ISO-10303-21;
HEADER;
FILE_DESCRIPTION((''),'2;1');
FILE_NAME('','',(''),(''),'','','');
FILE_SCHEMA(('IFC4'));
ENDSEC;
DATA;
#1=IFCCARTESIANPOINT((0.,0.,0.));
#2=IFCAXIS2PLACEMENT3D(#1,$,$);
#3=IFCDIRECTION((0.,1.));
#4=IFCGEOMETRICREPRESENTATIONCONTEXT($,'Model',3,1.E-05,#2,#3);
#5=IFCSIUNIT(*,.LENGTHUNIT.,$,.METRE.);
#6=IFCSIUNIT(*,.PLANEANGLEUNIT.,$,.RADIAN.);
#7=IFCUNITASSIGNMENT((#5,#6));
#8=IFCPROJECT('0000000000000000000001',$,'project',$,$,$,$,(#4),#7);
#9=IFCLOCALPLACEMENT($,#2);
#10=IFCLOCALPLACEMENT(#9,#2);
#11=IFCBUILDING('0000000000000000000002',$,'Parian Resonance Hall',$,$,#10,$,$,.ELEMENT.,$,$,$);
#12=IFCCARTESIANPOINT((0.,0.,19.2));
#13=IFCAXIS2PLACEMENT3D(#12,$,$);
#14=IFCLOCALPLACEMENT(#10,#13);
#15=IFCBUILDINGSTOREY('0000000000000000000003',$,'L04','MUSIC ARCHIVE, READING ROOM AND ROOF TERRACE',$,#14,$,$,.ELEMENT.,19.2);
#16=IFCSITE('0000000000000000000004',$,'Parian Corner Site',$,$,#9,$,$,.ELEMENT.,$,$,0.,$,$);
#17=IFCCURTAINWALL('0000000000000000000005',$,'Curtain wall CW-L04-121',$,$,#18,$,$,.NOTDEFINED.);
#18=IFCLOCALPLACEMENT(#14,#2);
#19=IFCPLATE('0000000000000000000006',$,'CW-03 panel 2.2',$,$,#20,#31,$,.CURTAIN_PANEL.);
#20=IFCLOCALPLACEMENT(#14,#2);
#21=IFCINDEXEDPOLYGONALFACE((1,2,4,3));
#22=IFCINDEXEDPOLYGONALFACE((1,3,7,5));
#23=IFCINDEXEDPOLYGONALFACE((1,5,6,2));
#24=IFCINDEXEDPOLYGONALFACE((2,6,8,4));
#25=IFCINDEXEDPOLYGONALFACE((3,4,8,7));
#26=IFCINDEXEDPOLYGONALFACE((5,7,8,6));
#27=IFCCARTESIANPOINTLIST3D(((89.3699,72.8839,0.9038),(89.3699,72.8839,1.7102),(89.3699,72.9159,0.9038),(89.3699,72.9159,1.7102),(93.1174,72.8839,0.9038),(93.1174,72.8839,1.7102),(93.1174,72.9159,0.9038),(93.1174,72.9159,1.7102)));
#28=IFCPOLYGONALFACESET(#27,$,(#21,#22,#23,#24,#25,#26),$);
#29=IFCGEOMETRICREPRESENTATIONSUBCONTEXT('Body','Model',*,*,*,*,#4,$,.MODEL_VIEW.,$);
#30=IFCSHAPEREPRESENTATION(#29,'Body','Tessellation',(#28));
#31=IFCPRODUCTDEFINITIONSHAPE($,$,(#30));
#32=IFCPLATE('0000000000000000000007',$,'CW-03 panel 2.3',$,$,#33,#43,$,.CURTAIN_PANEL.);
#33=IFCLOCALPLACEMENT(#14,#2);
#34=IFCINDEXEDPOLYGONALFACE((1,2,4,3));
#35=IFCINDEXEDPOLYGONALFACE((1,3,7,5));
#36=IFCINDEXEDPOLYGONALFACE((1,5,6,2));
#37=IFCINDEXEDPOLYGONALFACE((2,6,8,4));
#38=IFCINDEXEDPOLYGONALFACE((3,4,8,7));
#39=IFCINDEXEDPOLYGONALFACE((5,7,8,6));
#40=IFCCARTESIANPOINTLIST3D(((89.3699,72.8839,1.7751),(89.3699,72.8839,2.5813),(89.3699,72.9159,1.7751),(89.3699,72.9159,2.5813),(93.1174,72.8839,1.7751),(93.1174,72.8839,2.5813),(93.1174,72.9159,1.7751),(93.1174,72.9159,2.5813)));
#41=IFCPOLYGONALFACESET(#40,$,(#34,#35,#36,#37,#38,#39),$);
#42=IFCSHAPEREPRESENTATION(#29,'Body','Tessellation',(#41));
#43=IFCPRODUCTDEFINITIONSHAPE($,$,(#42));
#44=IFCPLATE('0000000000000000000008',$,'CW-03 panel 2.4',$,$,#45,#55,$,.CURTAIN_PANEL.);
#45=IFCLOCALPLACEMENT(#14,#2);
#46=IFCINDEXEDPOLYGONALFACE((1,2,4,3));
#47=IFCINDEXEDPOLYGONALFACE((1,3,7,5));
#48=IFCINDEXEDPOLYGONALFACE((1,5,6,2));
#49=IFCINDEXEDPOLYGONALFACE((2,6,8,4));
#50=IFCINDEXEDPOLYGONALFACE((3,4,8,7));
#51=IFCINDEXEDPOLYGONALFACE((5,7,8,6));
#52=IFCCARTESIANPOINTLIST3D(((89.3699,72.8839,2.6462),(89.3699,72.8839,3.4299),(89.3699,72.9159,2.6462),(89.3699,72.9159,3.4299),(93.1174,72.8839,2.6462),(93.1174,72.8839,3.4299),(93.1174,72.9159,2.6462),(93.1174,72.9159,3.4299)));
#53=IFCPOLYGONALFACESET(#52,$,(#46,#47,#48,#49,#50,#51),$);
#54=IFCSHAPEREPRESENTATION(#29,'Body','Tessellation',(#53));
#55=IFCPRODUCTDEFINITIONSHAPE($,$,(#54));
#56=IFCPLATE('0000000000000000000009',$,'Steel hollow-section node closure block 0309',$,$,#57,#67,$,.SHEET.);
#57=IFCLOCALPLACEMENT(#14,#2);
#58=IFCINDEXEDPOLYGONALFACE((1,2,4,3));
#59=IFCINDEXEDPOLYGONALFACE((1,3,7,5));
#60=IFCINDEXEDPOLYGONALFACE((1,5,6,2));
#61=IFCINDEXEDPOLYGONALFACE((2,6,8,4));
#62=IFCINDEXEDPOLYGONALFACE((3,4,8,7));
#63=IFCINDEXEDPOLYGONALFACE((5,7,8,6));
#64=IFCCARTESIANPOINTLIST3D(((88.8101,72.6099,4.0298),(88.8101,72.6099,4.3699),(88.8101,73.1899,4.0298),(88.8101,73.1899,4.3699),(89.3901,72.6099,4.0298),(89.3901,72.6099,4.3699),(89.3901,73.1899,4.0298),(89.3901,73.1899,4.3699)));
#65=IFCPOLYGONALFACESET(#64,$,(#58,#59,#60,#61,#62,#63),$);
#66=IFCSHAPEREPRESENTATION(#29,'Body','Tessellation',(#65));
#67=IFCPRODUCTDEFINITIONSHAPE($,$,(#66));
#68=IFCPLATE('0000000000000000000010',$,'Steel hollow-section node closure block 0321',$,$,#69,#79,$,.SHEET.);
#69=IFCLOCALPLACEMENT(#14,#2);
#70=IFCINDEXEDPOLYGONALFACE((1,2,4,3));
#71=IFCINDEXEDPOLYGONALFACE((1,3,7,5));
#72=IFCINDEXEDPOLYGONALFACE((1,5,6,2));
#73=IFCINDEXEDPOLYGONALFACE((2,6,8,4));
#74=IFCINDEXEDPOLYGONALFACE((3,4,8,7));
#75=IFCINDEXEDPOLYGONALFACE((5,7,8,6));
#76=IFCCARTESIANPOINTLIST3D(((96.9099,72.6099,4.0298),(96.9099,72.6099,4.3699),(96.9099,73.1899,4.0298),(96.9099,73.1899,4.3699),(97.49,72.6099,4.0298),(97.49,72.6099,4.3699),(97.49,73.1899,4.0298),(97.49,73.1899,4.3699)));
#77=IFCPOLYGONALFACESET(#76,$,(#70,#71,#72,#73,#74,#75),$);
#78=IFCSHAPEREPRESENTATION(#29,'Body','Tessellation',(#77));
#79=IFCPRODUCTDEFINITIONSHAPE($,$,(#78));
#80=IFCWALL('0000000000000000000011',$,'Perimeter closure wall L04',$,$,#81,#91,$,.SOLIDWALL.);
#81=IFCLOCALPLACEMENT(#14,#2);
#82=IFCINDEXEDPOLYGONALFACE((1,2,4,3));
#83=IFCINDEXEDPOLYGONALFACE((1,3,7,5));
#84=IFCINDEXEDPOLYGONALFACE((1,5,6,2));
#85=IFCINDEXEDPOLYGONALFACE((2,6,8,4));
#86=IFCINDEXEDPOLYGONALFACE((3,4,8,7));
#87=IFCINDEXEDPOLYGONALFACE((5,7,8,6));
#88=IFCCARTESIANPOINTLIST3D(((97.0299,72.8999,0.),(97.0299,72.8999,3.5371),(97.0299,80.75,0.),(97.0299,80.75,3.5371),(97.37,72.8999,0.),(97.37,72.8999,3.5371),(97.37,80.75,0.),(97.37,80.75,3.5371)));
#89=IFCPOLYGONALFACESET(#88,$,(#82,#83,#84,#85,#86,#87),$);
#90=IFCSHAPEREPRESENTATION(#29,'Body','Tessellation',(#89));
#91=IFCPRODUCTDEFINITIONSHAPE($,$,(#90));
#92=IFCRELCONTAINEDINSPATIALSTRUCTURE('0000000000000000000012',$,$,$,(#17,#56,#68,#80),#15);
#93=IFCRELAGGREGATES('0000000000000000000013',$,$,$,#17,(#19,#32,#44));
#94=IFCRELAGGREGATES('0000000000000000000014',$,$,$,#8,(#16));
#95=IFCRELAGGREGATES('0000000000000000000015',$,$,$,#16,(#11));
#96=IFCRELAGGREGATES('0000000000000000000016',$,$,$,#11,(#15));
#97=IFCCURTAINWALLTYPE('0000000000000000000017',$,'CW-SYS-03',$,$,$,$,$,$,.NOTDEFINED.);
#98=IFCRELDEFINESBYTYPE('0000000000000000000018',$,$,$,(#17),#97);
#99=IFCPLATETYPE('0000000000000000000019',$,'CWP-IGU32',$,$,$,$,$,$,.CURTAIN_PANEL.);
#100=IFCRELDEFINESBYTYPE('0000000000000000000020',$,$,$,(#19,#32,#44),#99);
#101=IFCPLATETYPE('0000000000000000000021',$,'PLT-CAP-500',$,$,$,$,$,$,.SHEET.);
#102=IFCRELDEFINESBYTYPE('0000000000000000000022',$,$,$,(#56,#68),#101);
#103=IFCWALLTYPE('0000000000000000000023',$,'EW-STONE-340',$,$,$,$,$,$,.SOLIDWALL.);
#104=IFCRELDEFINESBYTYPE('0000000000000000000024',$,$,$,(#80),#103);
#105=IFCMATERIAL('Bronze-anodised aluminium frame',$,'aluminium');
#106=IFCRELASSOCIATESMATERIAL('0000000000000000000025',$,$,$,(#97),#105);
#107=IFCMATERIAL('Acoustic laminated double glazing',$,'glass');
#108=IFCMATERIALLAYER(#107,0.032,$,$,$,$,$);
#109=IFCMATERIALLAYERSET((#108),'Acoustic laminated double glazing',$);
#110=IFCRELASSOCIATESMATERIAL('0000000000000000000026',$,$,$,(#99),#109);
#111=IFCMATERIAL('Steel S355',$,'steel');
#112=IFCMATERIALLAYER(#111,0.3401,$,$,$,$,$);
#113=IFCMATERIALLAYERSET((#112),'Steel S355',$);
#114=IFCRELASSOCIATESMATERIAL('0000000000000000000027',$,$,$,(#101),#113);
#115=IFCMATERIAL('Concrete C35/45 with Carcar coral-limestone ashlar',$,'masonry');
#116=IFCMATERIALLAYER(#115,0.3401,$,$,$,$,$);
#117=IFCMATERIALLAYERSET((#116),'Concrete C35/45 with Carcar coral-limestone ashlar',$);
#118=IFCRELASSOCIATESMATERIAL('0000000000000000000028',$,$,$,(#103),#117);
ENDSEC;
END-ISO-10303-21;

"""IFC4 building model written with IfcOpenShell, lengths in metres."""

from ifc_helpers import new_model, si_unit, direction, frame, frame_2d, origin, origin_2d, place, context, subcontext, project, spatial, rectangle, extrude, material, layer, layer_set, type_object, element, aggregate, save


model = new_model("IFC4")

# Units and contexts
model_context = context("Model", 3, precision=1e-05, world=origin(), true_north=direction((0.0, 1.0)))
body_context = subcontext(model_context, "Body", "Model", "MODEL_VIEW")
ifc_project = project(units=[si_unit("LENGTHUNIT", "METRE"), si_unit("PLANEANGLEUNIT", "RADIAN")], contexts=[model_context])

# Site, building, storey
site_placement = place(None, origin())
site = spatial("IfcSite", under=ifc_project, at=site_placement, Name="Parian Corner Site", CompositionType="ELEMENT", RefElevation=0.0)
building_placement = place(site_placement, origin())
building = spatial("IfcBuilding", under=site, at=building_placement, Name="Parian Resonance Hall", CompositionType="ELEMENT")
storey_placement = place(building_placement, frame((0.0, 0.0, 19.2)))
storey = spatial("IfcBuildingStorey", under=building, at=storey_placement, Name="L04", Description="MUSIC ARCHIVE, READING ROOM AND ROOF TERRACE", CompositionType="ELEMENT", Elevation=19.2)

# Curtain wall, plates
ifc_material_1 = material(Name="Bronze-anodised aluminium frame", Category="aluminium")
curtain_wall_type = type_object("IfcCurtainWallType", Name="CW-SYS-03", PredefinedType="NOTDEFINED", material=ifc_material_1)
curtain_wall_placement = place(storey_placement, origin())
curtain_wall = element("IfcCurtainWall", 1, at=curtain_wall_placement, inside=storey, type_object=curtain_wall_type, Name="Curtain wall CW-L04-121", PredefinedType="NOTDEFINED")
ifc_material_2 = material(Name="Acoustic laminated double glazing", Category="glass")
ifc_layer_1 = layer(ifc_material_2, 0.032)
ifc_layer_set_1 = layer_set([ifc_layer_1], Name="Acoustic laminated double glazing")
plate_type_1 = type_object("IfcPlateType", Name="CWP-IGU32", PredefinedType="CURTAIN_PANEL", material=ifc_layer_set_1)
plate_1_placement = place(storey_placement, frame((91.2437, 72.8999, 0.9038), z_axis=(0.0, 0.0, 1.0), x_axis=(-1.0, 0.0, 0.0)))
plate_1 = element("IfcPlate", 2, at=plate_1_placement, type_object=plate_type_1, Name="CW-03 panel 2.2", PredefinedType="CURTAIN_PANEL", context=body_context, shape_type="SweptSolid", body=[
    extrude(rectangle(XDim=3.7476, YDim=0.032, at=origin_2d()), origin(), (0.0, 0.0, 1.0), 0.8064),
])
plate_2_placement = place(storey_placement, frame((91.2437, 72.8999, 1.7751), z_axis=(0.0, 0.0, 1.0), x_axis=(-1.0, 0.0, 0.0)))
plate_2 = element("IfcPlate", 3, at=plate_2_placement, type_object=plate_type_1, Name="CW-03 panel 2.3", PredefinedType="CURTAIN_PANEL", context=body_context, shape_type="SweptSolid", body=[
    extrude(rectangle(XDim=3.7476, YDim=0.032, at=origin_2d()), origin(), (0.0, 0.0, 1.0), 0.8062),
])
plate_3_placement = place(storey_placement, frame((91.2437, 72.8999, 2.6462), z_axis=(0.0, 0.0, 1.0), x_axis=(-1.0, 0.0, 0.0)))
plate_3 = element("IfcPlate", 4, at=plate_3_placement, type_object=plate_type_1, Name="CW-03 panel 2.4", PredefinedType="CURTAIN_PANEL", context=body_context, shape_type="SweptSolid", body=[
    extrude(rectangle(XDim=3.7476, YDim=0.032, at=origin_2d()), origin(), (0.0, 0.0, 1.0), 0.7837),
])
aggregate(curtain_wall, [plate_1, plate_2, plate_3])

# Plates
ifc_material_3 = material(Name="Steel S355", Category="steel")
ifc_layer_2 = layer(ifc_material_3, 0.3401)
ifc_layer_set_2 = layer_set([ifc_layer_2], Name="Steel S355")
plate_type_2 = type_object("IfcPlateType", Name="PLT-CAP-500", PredefinedType="SHEET", material=ifc_layer_set_2)
for number, where, z_axis, x_axis, name in (
    (5, (89.1001, 72.8999, 4.0298), (0.0, 0.0, 1.0), (1.0, 0.0, 0.0), "Steel hollow-section node closure block 0309"),
    (6, (97.2, 72.8999, 4.0298), (0.0, 0.0, 1.0), (1.0, 0.0, 0.0), "Steel hollow-section node closure block 0321"),
):
    element("IfcPlate", number, at=place(storey_placement, frame(where, z_axis=z_axis, x_axis=x_axis)), inside=storey, type_object=plate_type_2, Name=name, PredefinedType="SHEET", context=body_context, shape_type="SweptSolid", body=[
        extrude(rectangle(XDim=0.5801, YDim=0.5801, at=origin_2d()), origin(), (0.0, 0.0, 1.0), 0.3401),
    ])

# Wall
ifc_material_4 = material(Name="Concrete C35/45 with Carcar coral-limestone ashlar", Category="masonry")
ifc_layer_3 = layer(ifc_material_4, 0.3401)
ifc_layer_set_3 = layer_set([ifc_layer_3], Name="Concrete C35/45 with Carcar coral-limestone ashlar")
wall_type = type_object("IfcWallType", Name="EW-STONE-340", PredefinedType="SOLIDWALL", material=ifc_layer_set_3)
wall_placement = place(storey_placement, frame((97.2, 72.8999, 0.0), z_axis=(0.0, 0.0, 1.0), x_axis=(0.0, 1.0, 0.0)))
element("IfcWall", 7, at=wall_placement, inside=storey, type_object=wall_type, Name="Perimeter closure wall L04", PredefinedType="SOLIDWALL", context=body_context, shape_type="SweptSolid", body=[
    extrude(rectangle(XDim=7.8501, YDim=0.3401, at=frame_2d((3.925, 0.0))), origin(), (0.0, 0.0, 1.0), 3.5371),
])

save(model, "model.ifc")
